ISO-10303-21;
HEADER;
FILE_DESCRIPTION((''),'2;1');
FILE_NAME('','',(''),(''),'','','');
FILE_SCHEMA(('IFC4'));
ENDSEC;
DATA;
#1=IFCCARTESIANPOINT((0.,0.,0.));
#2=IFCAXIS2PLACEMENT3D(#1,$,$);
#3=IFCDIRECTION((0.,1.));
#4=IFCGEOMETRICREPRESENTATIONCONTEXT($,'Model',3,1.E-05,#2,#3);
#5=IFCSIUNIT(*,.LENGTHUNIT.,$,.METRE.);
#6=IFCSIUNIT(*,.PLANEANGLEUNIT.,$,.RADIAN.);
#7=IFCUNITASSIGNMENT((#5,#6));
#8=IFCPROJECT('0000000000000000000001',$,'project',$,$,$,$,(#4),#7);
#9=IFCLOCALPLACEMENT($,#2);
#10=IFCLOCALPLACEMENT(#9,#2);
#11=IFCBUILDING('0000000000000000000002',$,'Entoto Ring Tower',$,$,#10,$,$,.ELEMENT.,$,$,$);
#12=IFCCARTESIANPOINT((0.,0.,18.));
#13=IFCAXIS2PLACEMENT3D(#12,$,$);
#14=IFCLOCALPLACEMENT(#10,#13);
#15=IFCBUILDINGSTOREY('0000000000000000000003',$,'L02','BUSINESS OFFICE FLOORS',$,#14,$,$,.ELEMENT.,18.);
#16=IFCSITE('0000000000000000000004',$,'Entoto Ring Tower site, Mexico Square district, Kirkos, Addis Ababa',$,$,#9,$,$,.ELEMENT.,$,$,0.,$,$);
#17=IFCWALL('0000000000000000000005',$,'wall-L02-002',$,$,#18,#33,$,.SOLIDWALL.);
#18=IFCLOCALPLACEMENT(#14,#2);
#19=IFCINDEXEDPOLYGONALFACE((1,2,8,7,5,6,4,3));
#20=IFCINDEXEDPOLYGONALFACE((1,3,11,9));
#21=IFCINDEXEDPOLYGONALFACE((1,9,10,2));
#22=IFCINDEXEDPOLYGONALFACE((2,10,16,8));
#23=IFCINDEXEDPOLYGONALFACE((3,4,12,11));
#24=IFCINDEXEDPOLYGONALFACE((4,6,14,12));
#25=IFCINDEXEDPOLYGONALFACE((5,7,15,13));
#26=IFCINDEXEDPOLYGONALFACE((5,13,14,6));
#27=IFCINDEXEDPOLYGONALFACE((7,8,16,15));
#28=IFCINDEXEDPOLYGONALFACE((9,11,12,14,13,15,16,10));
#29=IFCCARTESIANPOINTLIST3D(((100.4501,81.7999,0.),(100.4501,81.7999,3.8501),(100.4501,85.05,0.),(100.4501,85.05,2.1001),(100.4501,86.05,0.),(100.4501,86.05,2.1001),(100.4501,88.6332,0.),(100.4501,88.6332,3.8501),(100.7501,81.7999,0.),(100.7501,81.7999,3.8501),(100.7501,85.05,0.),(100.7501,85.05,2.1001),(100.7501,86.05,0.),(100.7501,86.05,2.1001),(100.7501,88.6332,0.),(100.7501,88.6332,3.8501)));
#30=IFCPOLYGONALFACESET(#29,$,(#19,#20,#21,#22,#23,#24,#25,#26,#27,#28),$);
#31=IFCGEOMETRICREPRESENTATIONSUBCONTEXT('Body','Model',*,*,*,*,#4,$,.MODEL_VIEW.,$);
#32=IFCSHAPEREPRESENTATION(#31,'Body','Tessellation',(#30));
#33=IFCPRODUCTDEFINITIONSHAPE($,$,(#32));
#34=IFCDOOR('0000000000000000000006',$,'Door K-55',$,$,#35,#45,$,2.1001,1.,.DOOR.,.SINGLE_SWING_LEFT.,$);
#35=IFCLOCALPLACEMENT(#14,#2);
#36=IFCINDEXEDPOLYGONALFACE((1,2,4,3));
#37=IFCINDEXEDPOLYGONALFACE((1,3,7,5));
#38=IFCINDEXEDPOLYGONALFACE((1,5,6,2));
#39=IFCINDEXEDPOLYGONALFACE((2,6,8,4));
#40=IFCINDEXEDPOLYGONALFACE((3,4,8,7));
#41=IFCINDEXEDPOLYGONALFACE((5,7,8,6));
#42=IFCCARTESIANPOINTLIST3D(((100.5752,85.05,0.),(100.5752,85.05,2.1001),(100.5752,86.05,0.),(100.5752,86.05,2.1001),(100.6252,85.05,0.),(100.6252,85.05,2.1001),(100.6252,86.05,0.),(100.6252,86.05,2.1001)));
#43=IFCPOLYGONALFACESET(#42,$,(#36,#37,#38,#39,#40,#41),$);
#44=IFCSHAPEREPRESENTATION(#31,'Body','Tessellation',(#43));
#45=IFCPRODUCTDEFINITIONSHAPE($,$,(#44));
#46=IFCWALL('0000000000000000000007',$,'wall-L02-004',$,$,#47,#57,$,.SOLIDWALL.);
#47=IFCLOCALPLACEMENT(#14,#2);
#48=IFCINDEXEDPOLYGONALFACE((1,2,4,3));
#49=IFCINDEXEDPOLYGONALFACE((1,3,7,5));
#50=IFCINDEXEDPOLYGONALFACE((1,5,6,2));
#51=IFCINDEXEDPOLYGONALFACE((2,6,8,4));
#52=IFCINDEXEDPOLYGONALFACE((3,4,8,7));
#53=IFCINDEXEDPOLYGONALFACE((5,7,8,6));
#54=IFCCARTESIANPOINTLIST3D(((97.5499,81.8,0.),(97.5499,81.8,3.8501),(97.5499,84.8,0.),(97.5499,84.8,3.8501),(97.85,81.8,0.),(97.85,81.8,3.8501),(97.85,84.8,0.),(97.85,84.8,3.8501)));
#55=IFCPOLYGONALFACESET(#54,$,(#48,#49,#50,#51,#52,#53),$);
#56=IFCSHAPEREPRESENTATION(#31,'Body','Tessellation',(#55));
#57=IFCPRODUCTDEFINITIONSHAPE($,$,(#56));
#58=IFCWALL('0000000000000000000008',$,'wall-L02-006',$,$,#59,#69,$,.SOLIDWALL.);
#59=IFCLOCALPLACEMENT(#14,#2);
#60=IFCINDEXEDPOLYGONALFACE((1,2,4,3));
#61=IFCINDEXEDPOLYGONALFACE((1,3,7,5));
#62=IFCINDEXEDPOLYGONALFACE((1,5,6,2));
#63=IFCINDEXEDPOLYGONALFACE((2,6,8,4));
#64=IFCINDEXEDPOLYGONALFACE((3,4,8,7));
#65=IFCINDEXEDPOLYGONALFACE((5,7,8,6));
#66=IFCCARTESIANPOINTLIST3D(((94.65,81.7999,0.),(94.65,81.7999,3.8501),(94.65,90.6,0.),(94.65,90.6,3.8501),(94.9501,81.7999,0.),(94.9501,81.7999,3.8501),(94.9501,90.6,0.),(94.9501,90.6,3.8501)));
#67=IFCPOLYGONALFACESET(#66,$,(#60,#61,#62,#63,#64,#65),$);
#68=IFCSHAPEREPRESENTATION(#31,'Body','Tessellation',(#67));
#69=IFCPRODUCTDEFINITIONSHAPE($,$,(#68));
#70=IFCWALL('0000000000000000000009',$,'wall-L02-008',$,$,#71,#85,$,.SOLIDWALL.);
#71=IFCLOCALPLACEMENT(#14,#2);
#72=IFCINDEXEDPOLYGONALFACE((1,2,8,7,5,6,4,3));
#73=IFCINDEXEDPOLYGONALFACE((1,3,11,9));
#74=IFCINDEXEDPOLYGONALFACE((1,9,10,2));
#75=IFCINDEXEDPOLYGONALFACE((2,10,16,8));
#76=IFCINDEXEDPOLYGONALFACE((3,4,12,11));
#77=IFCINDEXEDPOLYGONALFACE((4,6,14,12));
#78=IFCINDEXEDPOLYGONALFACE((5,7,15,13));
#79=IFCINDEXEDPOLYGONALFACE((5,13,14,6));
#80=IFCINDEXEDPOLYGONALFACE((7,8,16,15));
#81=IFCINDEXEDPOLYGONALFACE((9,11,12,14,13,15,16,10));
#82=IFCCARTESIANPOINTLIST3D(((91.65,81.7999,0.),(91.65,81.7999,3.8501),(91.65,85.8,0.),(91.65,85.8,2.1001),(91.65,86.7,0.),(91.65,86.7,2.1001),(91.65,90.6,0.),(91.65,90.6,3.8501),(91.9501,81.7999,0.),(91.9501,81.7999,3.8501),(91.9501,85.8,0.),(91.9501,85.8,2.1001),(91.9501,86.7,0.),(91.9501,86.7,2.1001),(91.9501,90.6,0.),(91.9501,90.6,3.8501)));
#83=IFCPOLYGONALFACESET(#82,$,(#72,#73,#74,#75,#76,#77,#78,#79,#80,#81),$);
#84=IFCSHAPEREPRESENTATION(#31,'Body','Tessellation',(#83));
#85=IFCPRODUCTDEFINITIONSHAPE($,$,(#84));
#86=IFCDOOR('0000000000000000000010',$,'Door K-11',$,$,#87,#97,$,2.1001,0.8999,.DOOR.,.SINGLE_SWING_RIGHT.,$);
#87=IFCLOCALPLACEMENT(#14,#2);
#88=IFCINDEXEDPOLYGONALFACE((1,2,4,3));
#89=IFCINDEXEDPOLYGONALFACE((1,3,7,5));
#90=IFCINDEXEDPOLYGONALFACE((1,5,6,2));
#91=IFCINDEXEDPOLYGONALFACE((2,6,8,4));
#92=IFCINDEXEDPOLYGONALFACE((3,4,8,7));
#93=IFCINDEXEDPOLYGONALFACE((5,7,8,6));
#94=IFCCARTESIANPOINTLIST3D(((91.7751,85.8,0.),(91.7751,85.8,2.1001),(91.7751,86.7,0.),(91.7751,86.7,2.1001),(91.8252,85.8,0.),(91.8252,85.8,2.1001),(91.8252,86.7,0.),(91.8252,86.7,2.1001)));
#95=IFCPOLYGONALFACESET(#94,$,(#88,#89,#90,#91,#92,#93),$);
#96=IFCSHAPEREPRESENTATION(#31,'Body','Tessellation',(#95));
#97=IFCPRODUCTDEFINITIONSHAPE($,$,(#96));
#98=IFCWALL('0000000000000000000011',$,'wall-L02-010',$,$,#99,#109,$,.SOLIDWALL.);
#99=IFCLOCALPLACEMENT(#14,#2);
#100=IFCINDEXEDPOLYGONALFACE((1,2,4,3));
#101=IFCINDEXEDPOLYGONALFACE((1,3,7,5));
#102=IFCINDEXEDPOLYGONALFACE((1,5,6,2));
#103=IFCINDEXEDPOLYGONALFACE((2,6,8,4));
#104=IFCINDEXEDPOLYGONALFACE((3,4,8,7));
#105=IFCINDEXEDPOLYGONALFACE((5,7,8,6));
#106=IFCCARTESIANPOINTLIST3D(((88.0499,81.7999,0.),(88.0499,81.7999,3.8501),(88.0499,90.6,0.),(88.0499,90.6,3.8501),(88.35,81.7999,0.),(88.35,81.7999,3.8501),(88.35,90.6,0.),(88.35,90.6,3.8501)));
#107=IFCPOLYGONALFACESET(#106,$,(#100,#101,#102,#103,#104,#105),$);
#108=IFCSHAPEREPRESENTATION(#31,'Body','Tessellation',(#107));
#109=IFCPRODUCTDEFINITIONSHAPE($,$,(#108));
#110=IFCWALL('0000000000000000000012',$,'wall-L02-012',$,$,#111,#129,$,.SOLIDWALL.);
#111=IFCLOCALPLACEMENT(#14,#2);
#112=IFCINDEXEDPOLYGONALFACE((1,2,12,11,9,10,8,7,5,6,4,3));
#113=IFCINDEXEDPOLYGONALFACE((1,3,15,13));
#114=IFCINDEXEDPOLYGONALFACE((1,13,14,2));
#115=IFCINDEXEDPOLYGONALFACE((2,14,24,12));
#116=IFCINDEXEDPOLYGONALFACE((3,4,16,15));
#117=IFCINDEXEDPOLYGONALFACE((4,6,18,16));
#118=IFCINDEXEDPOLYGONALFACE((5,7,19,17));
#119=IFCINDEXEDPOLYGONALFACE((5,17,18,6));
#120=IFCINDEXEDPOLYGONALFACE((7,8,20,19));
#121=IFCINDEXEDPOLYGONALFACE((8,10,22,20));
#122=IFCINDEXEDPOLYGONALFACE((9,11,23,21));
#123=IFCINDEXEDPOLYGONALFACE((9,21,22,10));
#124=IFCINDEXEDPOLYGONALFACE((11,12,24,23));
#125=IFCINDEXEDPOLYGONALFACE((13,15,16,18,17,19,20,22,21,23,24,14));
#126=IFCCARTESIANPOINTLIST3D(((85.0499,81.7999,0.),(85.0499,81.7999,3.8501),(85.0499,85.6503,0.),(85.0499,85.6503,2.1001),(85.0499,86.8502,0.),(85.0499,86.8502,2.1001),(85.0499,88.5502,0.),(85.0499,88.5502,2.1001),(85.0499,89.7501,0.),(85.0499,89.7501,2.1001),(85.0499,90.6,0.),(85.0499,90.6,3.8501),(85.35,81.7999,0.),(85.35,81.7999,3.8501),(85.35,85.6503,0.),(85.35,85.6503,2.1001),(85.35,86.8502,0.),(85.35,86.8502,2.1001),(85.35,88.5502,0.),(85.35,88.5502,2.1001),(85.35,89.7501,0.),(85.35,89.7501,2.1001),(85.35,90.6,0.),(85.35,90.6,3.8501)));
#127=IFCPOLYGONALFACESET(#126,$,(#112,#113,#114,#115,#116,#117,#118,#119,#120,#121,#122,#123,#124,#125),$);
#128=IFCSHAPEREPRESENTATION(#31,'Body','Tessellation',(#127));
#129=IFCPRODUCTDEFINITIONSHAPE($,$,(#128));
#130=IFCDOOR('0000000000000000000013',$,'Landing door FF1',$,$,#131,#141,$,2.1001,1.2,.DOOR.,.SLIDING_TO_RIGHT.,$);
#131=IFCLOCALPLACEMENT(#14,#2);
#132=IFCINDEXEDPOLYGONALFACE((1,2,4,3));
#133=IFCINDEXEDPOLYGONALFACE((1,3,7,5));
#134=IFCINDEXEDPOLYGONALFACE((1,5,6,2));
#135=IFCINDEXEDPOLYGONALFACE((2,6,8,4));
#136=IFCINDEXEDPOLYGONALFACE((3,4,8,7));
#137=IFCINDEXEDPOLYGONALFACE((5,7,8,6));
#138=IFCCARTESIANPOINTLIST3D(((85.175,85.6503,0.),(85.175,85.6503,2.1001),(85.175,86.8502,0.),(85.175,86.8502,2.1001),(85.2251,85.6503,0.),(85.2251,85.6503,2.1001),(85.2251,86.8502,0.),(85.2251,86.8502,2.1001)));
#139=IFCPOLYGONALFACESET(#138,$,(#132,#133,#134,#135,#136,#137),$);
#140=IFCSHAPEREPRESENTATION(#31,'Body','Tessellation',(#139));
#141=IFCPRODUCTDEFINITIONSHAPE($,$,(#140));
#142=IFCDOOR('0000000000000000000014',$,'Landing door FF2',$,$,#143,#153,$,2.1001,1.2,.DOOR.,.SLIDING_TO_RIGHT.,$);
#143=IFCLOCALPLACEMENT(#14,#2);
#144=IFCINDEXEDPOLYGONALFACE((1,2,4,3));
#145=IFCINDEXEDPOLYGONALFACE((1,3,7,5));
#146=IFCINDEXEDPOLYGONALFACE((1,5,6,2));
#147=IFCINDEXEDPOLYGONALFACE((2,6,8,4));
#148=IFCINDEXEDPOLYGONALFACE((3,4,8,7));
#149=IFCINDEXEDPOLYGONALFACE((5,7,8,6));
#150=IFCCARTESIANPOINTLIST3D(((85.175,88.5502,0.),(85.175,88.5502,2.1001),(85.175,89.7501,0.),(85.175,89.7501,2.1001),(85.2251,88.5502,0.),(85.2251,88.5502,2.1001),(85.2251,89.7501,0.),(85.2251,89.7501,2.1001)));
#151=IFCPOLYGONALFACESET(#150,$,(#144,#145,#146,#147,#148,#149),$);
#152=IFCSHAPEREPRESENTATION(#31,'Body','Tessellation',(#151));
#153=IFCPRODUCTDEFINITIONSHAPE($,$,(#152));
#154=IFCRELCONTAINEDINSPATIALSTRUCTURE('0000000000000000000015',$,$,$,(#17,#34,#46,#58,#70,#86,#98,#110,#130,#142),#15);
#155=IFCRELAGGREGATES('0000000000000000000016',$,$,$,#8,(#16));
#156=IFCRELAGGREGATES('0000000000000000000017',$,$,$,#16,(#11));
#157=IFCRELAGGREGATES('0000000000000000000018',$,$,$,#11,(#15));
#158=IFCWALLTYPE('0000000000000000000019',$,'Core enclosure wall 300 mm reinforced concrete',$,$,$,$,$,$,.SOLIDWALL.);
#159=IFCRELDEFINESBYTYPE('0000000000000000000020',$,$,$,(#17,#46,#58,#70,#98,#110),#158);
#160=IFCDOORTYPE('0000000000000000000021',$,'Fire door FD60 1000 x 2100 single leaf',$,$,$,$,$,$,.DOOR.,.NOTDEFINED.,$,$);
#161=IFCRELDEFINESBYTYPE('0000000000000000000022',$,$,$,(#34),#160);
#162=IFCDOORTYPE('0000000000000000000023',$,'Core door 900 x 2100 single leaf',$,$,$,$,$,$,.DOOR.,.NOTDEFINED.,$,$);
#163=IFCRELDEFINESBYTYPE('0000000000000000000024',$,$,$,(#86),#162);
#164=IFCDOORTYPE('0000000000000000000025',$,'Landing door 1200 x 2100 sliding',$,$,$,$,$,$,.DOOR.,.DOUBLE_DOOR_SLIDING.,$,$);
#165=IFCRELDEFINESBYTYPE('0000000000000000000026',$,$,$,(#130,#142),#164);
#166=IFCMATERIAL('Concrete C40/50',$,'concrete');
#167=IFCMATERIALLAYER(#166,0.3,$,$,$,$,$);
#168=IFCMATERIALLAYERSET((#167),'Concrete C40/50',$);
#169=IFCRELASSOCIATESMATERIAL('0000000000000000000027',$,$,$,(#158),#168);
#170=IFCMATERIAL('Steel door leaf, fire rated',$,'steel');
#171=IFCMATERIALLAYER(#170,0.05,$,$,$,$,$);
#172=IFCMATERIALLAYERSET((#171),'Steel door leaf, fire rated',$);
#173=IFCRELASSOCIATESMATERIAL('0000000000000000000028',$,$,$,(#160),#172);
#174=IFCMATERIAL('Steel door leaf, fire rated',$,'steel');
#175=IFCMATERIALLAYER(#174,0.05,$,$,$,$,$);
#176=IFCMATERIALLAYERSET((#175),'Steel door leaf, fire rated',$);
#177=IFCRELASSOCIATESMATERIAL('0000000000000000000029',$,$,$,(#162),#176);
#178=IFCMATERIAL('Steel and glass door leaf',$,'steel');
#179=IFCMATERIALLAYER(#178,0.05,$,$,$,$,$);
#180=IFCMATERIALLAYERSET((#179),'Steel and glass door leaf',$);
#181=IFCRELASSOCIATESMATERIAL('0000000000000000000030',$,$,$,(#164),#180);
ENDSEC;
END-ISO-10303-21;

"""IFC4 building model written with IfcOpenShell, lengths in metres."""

from ifc_helpers import new_model, si_unit, direction, frame, frame_2d, origin, place, context, subcontext, project, spatial, rectangle, extrude, material, layer, layer_set, type_object, element, fill, save


model = new_model("IFC4")

# Units and contexts
model_context = context("Model", 3, precision=1e-05, world=origin(), true_north=direction((0.0, 1.0)))
body_context = subcontext(model_context, "Body", "Model", "MODEL_VIEW")
ifc_project = project(units=[si_unit("LENGTHUNIT", "METRE"), si_unit("PLANEANGLEUNIT", "RADIAN")], contexts=[model_context])

# Site, building, storey
site_placement = place(None, origin())
site = spatial("IfcSite", under=ifc_project, at=site_placement, Name="Entoto Ring Tower site, Mexico Square district, Kirkos, Addis Ababa", CompositionType="ELEMENT", RefElevation=0.0)
building_placement = place(site_placement, origin())
building = spatial("IfcBuilding", under=site, at=building_placement, Name="Entoto Ring Tower", CompositionType="ELEMENT")
storey_placement = place(building_placement, frame((0.0, 0.0, 18.0)))
storey = spatial("IfcBuildingStorey", under=building, at=storey_placement, Name="L02", Description="BUSINESS OFFICE FLOORS", CompositionType="ELEMENT", Elevation=18.0)

# Wall, opening, door
ifc_material_1 = material(Name="Concrete C40/50", Category="concrete")
ifc_layer_1 = layer(ifc_material_1, 0.3)
ifc_layer_set_1 = layer_set([ifc_layer_1], Name="Concrete C40/50")
wall_type = type_object("IfcWallType", Name="Core enclosure wall 300 mm reinforced concrete", PredefinedType="SOLIDWALL", material=ifc_layer_set_1)
wall_1_placement = place(storey_placement, frame((100.6001, 81.8, 0.0), z_axis=(0.0, 0.0, 1.0), x_axis=(0.0, 1.0, 0.0)))
wall_1 = element("IfcWall", 1, at=wall_1_placement, inside=storey, type_object=wall_type, Name="wall-L02-002", PredefinedType="SOLIDWALL", context=body_context, shape_type="SweptSolid", body=[
    extrude(rectangle(XDim=6.8333, YDim=0.3, at=frame_2d((3.4165, 0.0))), origin(), (0.0, 0.0, 1.0), 3.8501),
])
opening_1_placement = place(wall_1_placement, frame((3.25, 0.0, 0.0)))
opening_1 = element("IfcOpeningElement", 2, at=opening_1_placement, cuts=wall_1, PredefinedType="OPENING", context=body_context, shape_type="SweptSolid", body=[
    extrude(rectangle(XDim=1.0, YDim=2.1001, at=frame_2d((0.5, 1.05))), frame((0.0, 0.1602, 0.0), z_axis=(0.0, -1.0, 0.0), x_axis=(1.0, 0.0, 0.0)), (0.0, 0.0, 1.0), 0.3201),
])
ifc_material_2 = material(Name="Steel door leaf, fire rated", Category="steel")
ifc_layer_2 = layer(ifc_material_2, 0.05)
ifc_layer_set_2 = layer_set([ifc_layer_2], Name="Steel door leaf, fire rated")
door_type_1 = type_object("IfcDoorType", Name="Fire door FD60 1000 x 2100 single leaf", OperationType="NOTDEFINED", PredefinedType="DOOR", material=ifc_layer_set_2)
door_1_placement = place(opening_1_placement, origin())
door_1 = element("IfcDoor", 3, at=door_1_placement, inside=storey, type_object=door_type_1, Name="Door K-55", OperationType="SINGLE_SWING_LEFT", OverallHeight=2.1001, OverallWidth=1.0, PredefinedType="DOOR", context=body_context, shape_type="SweptSolid", body=[
    extrude(rectangle(XDim=1.0, YDim=2.1001, at=frame_2d((0.5, 1.05))), frame((0.0, 0.0249, 0.0), z_axis=(0.0, -1.0, 0.0), x_axis=(1.0, 0.0, 0.0)), (0.0, 0.0, 1.0), 0.05),
])
fill(opening_1, door_1)

# Walls
wall_2_placement = place(storey_placement, frame((97.7, 81.8, 0.0), z_axis=(0.0, 0.0, 1.0), x_axis=(0.0, 1.0, 0.0)))
element("IfcWall", 4, at=wall_2_placement, inside=storey, type_object=wall_type, Name="wall-L02-004", PredefinedType="SOLIDWALL", context=body_context, shape_type="SweptSolid", body=[
    extrude(rectangle(XDim=3.0, YDim=0.3, at=frame_2d((1.5, 0.0))), origin(), (0.0, 0.0, 1.0), 3.8501),
])
wall_3_placement = place(storey_placement, frame((94.8, 81.8, 0.0), z_axis=(0.0, 0.0, 1.0), x_axis=(0.0, 1.0, 0.0)))
element("IfcWall", 5, at=wall_3_placement, inside=storey, type_object=wall_type, Name="wall-L02-006", PredefinedType="SOLIDWALL", context=body_context, shape_type="SweptSolid", body=[
    extrude(rectangle(XDim=8.8, YDim=0.3, at=frame_2d((4.3999, 0.0))), origin(), (0.0, 0.0, 1.0), 3.8501),
])

# Wall, opening, door
wall_4_placement = place(storey_placement, frame((91.8, 81.8, 0.0), z_axis=(0.0, 0.0, 1.0), x_axis=(0.0, 1.0, 0.0)))
wall_4 = element("IfcWall", 6, at=wall_4_placement, inside=storey, type_object=wall_type, Name="wall-L02-008", PredefinedType="SOLIDWALL", context=body_context, shape_type="SweptSolid", body=[
    extrude(rectangle(XDim=8.8, YDim=0.3, at=frame_2d((4.3999, 0.0))), origin(), (0.0, 0.0, 1.0), 3.8501),
])
opening_2_placement = place(wall_4_placement, frame((4.0, 0.0, 0.0)))
opening_2 = element("IfcOpeningElement", 7, at=opening_2_placement, cuts=wall_4, PredefinedType="OPENING", context=body_context, shape_type="SweptSolid", body=[
    extrude(rectangle(XDim=0.8999, YDim=2.1001, at=frame_2d((0.45, 1.05))), frame((0.0, 0.1602, 0.0), z_axis=(0.0, -1.0, 0.0), x_axis=(1.0, 0.0, 0.0)), (0.0, 0.0, 1.0), 0.3201),
])
ifc_material_3 = material(Name="Steel door leaf, fire rated", Category="steel")
ifc_layer_3 = layer(ifc_material_3, 0.05)
ifc_layer_set_3 = layer_set([ifc_layer_3], Name="Steel door leaf, fire rated")
door_type_2 = type_object("IfcDoorType", Name="Core door 900 x 2100 single leaf", OperationType="NOTDEFINED", PredefinedType="DOOR", material=ifc_layer_set_3)
door_2_placement = place(opening_2_placement, origin())
door_2 = element("IfcDoor", 8, at=door_2_placement, inside=storey, type_object=door_type_2, Name="Door K-11", OperationType="SINGLE_SWING_RIGHT", OverallHeight=2.1001, OverallWidth=0.8999, PredefinedType="DOOR", context=body_context, shape_type="SweptSolid", body=[
    extrude(rectangle(XDim=0.8999, YDim=2.1001, at=frame_2d((0.45, 1.05))), frame((0.0, 0.0249, 0.0), z_axis=(0.0, -1.0, 0.0), x_axis=(1.0, 0.0, 0.0)), (0.0, 0.0, 1.0), 0.05),
])
fill(opening_2, door_2)

# Wall
wall_5_placement = place(storey_placement, frame((88.2, 81.8, 0.0), z_axis=(0.0, 0.0, 1.0), x_axis=(0.0, 1.0, 0.0)))
element("IfcWall", 9, at=wall_5_placement, inside=storey, type_object=wall_type, Name="wall-L02-010", PredefinedType="SOLIDWALL", context=body_context, shape_type="SweptSolid", body=[
    extrude(rectangle(XDim=8.8, YDim=0.3, at=frame_2d((4.3999, 0.0))), origin(), (0.0, 0.0, 1.0), 3.8501),
])

# Wall, openings, doors
wall_6_placement = place(storey_placement, frame((85.2, 81.8, 0.0), z_axis=(0.0, 0.0, 1.0), x_axis=(0.0, 1.0, 0.0)))
wall_6 = element("IfcWall", 10, at=wall_6_placement, inside=storey, type_object=wall_type, Name="wall-L02-012", PredefinedType="SOLIDWALL", context=body_context, shape_type="SweptSolid", body=[
    extrude(rectangle(XDim=8.8, YDim=0.3, at=frame_2d((4.3999, 0.0))), origin(), (0.0, 0.0, 1.0), 3.8501),
])
opening_3_placement = place(wall_6_placement, frame((3.8501, 0.0, 0.0)))
opening_3 = element("IfcOpeningElement", 11, at=opening_3_placement, cuts=wall_6, PredefinedType="OPENING", context=body_context, shape_type="SweptSolid", body=[
    extrude(rectangle(XDim=1.2, YDim=2.1001, at=frame_2d((0.6001, 1.05))), frame((0.0, 0.1602, 0.0), z_axis=(0.0, -1.0, 0.0), x_axis=(1.0, 0.0, 0.0)), (0.0, 0.0, 1.0), 0.3201),
])
opening_4_placement = place(wall_6_placement, frame((6.75, 0.0, 0.0)))
opening_4 = element("IfcOpeningElement", 12, at=opening_4_placement, cuts=wall_6, PredefinedType="OPENING", context=body_context, shape_type="SweptSolid", body=[
    extrude(rectangle(XDim=1.2, YDim=2.1001, at=frame_2d((0.6001, 1.05))), frame((0.0, 0.1602, 0.0), z_axis=(0.0, -1.0, 0.0), x_axis=(1.0, 0.0, 0.0)), (0.0, 0.0, 1.0), 0.3201),
])
ifc_material_4 = material(Name="Steel and glass door leaf", Category="steel")
ifc_layer_4 = layer(ifc_material_4, 0.05)
ifc_layer_set_4 = layer_set([ifc_layer_4], Name="Steel and glass door leaf")
door_type_3 = type_object("IfcDoorType", Name="Landing door 1200 x 2100 sliding", OperationType="DOUBLE_DOOR_SLIDING", PredefinedType="DOOR", material=ifc_layer_set_4)
door_3_placement = place(opening_3_placement, origin())
door_3 = element("IfcDoor", 13, at=door_3_placement, inside=storey, type_object=door_type_3, Name="Landing door FF1", OperationType="SLIDING_TO_RIGHT", OverallHeight=2.1001, OverallWidth=1.2, PredefinedType="DOOR", context=body_context, shape_type="SweptSolid", body=[
    extrude(rectangle(XDim=1.2, YDim=2.1001, at=frame_2d((0.6001, 1.05))), frame((0.0, 0.0249, 0.0), z_axis=(0.0, -1.0, 0.0), x_axis=(1.0, 0.0, 0.0)), (0.0, 0.0, 1.0), 0.05),
])
fill(opening_3, door_3)
door_4_placement = place(opening_4_placement, origin())
door_4 = element("IfcDoor", 14, at=door_4_placement, inside=storey, type_object=door_type_3, Name="Landing door FF2", OperationType="SLIDING_TO_RIGHT", OverallHeight=2.1001, OverallWidth=1.2, PredefinedType="DOOR", context=body_context, shape_type="SweptSolid", body=[
    extrude(rectangle(XDim=1.2, YDim=2.1001, at=frame_2d((0.6001, 1.05))), frame((0.0, 0.0249, 0.0), z_axis=(0.0, -1.0, 0.0), x_axis=(1.0, 0.0, 0.0)), (0.0, 0.0, 1.0), 0.05),
])
fill(opening_4, door_4)

save(model, "model.ifc")
